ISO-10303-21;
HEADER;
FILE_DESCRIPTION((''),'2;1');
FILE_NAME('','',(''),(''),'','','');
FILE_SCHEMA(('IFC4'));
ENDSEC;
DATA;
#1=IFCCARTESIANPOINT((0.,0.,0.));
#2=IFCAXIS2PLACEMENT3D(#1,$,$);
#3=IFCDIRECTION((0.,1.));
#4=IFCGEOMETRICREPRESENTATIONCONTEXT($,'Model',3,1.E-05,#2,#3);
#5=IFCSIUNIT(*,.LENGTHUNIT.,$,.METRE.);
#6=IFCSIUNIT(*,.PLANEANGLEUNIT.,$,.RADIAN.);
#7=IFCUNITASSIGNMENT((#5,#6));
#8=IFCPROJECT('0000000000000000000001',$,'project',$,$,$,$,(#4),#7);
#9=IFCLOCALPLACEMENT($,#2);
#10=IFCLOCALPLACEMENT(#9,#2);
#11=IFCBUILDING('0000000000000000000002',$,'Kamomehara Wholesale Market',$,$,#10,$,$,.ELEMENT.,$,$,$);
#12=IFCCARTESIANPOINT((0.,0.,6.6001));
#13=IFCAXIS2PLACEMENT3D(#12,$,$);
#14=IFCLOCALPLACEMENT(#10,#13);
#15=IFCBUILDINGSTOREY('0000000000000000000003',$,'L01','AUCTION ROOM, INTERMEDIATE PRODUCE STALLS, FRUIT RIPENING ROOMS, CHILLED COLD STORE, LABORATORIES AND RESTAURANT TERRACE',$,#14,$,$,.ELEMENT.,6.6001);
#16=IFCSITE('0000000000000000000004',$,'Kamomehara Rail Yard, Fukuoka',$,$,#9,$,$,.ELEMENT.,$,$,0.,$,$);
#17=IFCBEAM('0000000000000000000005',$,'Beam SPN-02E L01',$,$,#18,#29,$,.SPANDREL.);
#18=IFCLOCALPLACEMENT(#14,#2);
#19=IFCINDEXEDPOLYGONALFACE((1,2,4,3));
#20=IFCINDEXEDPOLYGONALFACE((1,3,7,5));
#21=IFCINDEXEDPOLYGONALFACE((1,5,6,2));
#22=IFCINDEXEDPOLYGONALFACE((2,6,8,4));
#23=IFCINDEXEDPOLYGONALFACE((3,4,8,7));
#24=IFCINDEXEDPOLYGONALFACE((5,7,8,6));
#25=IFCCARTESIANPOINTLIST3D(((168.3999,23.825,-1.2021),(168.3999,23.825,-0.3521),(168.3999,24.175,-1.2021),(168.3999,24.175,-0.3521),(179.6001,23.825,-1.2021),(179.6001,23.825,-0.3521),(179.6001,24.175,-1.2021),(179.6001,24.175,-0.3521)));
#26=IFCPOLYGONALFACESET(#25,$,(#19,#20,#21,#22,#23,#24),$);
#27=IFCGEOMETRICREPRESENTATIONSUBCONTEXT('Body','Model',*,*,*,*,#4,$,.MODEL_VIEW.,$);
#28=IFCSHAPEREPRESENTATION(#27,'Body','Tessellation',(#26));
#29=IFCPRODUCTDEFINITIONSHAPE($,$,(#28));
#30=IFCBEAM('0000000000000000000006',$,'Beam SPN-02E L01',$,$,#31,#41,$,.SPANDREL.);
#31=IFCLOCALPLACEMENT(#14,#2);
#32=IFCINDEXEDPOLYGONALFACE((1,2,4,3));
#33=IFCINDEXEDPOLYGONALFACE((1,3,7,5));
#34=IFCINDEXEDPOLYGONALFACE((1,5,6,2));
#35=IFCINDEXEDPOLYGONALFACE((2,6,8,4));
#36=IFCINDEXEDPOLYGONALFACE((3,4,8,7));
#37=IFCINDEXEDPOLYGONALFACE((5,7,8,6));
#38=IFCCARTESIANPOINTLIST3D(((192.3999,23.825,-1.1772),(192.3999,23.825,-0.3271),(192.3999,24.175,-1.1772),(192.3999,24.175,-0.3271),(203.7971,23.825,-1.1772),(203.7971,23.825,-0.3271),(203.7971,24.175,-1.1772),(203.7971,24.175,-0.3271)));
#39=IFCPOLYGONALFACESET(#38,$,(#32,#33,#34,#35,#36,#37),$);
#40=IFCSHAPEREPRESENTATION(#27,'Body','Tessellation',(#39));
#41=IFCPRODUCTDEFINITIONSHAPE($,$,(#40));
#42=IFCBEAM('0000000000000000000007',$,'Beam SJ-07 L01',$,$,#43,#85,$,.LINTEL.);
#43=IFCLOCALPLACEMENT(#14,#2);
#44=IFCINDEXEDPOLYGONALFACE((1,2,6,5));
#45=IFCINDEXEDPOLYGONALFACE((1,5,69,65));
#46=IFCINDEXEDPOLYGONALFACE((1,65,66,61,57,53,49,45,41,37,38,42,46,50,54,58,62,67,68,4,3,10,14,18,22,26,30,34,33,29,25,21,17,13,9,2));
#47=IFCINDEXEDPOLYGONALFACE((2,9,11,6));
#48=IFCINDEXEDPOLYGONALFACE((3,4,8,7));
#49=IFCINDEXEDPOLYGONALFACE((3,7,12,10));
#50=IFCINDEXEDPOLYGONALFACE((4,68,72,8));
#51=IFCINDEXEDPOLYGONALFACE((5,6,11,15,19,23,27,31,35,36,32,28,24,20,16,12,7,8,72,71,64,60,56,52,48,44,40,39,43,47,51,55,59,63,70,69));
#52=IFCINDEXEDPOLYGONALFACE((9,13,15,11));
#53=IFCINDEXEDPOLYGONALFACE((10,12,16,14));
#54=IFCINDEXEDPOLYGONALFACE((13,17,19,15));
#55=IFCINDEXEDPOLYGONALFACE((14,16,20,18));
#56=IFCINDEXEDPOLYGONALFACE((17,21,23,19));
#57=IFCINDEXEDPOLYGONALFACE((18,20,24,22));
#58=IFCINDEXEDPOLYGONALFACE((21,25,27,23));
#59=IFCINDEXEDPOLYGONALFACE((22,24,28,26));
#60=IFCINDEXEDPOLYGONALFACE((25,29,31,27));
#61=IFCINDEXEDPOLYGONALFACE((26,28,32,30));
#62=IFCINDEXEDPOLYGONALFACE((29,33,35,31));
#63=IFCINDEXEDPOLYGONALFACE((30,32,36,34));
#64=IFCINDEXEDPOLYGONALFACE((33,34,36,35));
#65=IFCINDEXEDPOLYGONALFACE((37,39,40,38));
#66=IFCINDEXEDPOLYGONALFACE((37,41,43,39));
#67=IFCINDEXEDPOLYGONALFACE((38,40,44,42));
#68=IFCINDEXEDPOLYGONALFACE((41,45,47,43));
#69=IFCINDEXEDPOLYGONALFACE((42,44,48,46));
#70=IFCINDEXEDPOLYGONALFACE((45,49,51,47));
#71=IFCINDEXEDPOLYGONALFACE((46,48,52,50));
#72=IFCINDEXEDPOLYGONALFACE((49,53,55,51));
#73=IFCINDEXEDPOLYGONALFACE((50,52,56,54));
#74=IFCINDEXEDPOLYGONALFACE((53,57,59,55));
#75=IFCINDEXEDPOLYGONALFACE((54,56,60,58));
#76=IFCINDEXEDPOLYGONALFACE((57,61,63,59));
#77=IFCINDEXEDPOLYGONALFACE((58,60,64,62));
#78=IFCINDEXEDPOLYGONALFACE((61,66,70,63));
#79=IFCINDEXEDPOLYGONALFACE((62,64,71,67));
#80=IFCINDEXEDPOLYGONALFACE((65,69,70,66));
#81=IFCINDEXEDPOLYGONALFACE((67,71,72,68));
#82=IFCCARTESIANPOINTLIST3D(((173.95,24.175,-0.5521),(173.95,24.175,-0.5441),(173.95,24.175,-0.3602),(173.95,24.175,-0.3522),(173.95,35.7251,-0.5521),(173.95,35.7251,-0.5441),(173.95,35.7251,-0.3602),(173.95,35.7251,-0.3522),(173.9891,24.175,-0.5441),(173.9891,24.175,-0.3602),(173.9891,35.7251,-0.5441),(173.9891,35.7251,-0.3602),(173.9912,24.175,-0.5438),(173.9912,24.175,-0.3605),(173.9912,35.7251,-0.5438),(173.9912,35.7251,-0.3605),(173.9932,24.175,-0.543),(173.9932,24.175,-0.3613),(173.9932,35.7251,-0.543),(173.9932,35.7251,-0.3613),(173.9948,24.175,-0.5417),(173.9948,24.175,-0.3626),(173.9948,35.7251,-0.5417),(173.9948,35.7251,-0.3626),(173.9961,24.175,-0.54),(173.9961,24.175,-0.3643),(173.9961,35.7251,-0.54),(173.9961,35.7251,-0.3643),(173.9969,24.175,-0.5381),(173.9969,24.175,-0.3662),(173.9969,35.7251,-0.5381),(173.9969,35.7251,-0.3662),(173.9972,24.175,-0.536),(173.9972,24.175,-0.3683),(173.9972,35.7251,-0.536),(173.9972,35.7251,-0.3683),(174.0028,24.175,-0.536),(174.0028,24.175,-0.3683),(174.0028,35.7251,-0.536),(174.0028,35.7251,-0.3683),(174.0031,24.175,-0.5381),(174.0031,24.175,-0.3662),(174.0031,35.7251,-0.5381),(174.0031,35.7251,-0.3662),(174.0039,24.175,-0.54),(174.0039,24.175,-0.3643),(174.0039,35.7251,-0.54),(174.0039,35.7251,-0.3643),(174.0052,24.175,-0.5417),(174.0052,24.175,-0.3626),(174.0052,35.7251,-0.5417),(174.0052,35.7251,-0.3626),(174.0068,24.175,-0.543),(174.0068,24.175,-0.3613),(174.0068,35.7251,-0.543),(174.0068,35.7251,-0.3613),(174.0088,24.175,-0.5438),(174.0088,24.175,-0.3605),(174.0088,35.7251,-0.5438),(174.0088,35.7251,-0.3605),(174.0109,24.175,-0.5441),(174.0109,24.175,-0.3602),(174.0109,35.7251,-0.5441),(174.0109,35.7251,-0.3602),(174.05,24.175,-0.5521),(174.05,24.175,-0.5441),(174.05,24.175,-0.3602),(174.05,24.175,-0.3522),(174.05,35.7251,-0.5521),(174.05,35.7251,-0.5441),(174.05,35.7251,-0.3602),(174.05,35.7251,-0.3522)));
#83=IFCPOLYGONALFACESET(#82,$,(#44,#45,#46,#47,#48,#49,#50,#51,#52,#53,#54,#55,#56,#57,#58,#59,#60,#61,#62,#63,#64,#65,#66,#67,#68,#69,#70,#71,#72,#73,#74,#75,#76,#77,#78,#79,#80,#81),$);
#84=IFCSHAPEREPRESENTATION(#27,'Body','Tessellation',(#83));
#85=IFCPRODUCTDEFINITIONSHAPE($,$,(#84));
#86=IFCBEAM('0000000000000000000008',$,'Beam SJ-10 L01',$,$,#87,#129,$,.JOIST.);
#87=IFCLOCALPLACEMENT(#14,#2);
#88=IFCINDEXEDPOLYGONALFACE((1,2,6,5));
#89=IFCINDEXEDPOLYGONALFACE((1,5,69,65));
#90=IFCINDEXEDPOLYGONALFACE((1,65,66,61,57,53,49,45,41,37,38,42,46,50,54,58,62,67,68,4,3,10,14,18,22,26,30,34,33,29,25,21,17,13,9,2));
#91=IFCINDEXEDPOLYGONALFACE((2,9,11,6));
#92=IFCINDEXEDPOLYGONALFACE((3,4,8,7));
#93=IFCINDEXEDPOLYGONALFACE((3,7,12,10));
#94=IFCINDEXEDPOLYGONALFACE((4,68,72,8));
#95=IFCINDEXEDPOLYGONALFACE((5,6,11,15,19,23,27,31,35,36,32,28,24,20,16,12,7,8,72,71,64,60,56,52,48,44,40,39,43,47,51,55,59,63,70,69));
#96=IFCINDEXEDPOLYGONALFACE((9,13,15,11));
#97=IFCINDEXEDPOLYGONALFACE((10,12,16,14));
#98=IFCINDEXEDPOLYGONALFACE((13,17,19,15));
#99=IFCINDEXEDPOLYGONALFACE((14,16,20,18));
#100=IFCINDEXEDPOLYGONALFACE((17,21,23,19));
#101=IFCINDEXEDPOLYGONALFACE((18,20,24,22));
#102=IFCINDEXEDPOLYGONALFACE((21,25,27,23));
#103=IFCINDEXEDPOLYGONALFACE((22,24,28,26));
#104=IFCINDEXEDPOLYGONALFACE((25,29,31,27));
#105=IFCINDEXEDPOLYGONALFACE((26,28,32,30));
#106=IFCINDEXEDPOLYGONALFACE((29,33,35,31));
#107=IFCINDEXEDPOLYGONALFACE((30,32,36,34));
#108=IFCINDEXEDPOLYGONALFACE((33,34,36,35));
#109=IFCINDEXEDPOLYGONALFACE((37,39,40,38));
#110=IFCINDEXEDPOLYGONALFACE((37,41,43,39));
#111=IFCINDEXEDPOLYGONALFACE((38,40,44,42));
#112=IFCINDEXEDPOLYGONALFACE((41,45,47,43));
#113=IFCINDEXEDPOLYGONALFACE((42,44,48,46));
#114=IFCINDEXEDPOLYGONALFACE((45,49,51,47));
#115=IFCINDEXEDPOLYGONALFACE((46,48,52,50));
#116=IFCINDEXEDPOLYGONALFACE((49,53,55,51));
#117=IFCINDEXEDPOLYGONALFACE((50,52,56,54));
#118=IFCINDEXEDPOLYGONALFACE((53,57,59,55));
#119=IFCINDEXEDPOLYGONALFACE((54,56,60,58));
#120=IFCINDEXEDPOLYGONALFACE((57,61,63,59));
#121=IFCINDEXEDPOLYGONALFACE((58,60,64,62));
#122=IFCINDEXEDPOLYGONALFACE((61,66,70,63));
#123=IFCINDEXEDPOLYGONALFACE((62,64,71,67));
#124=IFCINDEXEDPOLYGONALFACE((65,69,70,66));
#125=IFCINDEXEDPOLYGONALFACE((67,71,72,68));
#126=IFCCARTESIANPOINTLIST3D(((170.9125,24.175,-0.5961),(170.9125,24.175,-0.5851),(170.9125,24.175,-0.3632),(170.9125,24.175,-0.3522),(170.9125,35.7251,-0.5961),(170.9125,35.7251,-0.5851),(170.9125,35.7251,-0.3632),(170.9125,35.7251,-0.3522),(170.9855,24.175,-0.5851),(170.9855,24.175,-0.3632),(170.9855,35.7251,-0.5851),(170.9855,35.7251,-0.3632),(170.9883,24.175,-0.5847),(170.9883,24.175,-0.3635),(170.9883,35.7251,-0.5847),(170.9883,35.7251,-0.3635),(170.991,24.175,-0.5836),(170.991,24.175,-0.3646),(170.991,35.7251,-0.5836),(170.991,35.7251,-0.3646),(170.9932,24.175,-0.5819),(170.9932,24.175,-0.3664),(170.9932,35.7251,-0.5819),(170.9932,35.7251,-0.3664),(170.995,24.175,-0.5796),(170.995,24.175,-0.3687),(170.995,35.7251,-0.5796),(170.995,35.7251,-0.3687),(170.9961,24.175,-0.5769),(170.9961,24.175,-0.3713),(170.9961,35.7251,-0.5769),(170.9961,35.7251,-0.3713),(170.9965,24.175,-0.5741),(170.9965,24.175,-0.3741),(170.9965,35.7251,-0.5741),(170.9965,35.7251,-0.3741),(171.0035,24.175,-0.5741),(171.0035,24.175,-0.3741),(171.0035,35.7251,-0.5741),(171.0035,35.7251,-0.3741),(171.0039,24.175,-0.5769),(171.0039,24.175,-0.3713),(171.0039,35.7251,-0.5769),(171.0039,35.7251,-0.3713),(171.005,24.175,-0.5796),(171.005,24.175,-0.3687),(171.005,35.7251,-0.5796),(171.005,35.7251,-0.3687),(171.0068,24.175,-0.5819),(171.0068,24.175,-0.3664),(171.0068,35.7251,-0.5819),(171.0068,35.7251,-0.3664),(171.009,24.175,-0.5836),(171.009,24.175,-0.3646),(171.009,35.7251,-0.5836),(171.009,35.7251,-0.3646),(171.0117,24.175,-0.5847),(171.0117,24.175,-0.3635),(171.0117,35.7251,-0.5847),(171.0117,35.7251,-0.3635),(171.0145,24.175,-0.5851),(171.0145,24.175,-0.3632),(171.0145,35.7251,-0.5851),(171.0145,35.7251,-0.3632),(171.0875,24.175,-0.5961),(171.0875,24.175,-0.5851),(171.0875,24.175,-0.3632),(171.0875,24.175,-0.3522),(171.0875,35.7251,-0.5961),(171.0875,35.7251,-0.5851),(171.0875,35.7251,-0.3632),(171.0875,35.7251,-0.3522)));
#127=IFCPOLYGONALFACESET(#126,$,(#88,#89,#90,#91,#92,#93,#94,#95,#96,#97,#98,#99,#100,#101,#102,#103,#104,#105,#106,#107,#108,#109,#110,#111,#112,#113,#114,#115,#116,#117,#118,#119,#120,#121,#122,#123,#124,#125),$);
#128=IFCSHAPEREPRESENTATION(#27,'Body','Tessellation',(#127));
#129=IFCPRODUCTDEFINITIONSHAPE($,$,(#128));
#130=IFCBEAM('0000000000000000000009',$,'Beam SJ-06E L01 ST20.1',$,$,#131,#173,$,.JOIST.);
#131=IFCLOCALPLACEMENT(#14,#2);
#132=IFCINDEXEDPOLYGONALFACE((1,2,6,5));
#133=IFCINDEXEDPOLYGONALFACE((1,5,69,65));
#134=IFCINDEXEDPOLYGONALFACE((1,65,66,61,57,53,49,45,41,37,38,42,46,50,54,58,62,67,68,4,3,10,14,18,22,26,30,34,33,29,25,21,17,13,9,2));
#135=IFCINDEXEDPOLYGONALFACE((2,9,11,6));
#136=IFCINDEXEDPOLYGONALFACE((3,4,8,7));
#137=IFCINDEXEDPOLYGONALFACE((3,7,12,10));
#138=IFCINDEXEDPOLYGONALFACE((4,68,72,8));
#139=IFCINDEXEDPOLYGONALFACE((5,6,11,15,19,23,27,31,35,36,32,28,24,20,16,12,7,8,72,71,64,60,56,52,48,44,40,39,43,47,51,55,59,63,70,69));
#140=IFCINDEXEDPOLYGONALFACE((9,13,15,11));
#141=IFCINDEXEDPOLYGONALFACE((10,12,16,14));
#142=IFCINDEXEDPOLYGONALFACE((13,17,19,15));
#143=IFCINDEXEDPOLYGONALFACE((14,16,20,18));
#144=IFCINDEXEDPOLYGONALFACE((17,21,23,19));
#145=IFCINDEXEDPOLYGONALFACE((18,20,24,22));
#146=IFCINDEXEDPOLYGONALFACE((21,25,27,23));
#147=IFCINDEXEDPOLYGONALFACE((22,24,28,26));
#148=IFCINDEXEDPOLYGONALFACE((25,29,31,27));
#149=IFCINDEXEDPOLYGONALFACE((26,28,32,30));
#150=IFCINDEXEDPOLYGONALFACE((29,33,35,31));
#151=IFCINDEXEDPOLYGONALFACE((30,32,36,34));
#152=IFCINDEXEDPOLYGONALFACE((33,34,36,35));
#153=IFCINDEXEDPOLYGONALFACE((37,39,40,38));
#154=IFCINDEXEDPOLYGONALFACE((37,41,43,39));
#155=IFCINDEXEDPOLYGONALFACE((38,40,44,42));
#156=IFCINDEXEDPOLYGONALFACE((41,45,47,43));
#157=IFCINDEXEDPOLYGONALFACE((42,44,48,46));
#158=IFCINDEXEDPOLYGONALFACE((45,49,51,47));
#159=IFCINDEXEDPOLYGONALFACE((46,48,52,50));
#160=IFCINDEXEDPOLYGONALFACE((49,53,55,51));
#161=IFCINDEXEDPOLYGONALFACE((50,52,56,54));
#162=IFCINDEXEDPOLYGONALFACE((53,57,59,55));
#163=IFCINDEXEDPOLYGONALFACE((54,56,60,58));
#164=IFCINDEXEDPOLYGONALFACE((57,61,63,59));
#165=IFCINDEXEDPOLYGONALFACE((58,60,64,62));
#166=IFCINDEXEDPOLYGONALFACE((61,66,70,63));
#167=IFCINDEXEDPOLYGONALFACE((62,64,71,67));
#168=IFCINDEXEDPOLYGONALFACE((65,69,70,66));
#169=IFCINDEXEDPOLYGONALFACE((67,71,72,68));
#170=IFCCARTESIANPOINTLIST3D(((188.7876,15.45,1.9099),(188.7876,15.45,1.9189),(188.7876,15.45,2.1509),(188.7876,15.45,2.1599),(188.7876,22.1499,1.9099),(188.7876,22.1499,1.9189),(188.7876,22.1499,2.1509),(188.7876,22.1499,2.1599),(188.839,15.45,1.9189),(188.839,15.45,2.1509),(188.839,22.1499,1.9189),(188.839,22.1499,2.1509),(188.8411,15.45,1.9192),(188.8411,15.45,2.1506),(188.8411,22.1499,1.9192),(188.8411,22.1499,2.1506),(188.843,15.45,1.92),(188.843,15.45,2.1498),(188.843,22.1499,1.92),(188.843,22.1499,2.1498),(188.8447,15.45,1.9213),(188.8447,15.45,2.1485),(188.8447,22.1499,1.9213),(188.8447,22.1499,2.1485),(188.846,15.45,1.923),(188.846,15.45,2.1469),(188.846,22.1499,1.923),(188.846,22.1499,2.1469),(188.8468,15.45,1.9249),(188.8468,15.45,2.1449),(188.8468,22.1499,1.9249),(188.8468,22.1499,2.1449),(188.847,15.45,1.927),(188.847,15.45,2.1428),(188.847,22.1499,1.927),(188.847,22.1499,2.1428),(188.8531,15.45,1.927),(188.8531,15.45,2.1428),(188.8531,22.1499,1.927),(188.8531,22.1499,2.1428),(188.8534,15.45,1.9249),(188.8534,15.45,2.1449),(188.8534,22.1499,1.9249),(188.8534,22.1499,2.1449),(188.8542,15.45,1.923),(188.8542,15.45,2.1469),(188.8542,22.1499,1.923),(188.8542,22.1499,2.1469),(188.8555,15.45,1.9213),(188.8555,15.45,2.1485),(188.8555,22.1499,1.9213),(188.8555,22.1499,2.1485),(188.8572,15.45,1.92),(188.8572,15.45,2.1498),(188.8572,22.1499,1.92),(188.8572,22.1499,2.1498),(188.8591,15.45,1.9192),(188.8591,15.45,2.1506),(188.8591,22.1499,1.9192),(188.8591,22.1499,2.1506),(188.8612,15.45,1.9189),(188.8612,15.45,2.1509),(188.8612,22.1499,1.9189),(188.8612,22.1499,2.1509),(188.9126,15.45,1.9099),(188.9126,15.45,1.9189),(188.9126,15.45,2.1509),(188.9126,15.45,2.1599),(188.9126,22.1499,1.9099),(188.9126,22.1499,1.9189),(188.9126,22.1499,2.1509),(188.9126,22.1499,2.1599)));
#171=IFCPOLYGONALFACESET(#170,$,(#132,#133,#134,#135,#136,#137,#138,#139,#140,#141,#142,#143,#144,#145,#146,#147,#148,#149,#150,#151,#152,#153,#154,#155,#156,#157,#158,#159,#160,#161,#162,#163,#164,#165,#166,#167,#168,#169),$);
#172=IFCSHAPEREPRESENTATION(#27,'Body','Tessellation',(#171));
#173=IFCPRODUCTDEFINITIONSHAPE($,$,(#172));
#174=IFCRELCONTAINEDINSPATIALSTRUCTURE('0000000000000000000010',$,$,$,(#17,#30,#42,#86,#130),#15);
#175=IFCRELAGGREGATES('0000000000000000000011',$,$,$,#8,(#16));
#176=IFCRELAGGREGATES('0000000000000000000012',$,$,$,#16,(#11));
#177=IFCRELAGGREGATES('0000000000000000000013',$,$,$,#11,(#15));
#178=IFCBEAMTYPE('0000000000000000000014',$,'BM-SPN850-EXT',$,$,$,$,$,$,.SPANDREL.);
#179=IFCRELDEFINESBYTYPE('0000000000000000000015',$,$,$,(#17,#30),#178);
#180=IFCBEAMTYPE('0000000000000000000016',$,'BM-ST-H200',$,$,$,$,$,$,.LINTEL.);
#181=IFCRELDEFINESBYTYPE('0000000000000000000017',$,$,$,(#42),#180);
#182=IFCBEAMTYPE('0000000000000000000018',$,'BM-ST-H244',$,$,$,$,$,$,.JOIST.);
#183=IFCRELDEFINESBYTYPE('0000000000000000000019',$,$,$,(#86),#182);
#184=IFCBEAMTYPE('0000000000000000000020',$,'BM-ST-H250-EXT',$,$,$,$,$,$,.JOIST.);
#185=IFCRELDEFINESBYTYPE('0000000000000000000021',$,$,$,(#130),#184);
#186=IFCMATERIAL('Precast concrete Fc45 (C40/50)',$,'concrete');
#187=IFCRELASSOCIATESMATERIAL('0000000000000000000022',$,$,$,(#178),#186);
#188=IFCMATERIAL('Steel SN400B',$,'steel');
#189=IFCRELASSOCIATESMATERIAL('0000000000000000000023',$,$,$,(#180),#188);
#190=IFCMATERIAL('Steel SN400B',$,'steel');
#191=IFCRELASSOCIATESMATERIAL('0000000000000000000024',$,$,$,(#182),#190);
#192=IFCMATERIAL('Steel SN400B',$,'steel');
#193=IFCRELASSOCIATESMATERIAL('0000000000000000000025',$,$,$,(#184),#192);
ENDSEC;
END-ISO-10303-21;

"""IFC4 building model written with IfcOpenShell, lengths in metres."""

from ifc_helpers import new_model, si_unit, direction, frame, origin, origin_2d, place, context, subcontext, project, spatial, rectangle, i_section, extrude, material, material_profile, profile_set, type_object, element, save


model = new_model("IFC4")

# Units and contexts
model_context = context("Model", 3, precision=1e-05, world=origin(), true_north=direction((0.0, 1.0)))
body_context = subcontext(model_context, "Body", "Model", "MODEL_VIEW")
ifc_project = project(units=[si_unit("LENGTHUNIT", "METRE"), si_unit("PLANEANGLEUNIT", "RADIAN")], contexts=[model_context])

# Site, building, storey
site_placement = place(None, origin())
site = spatial("IfcSite", under=ifc_project, at=site_placement, Name="Kamomehara Rail Yard, Fukuoka", CompositionType="ELEMENT", RefElevation=0.0)
building_placement = place(site_placement, origin())
building = spatial("IfcBuilding", under=site, at=building_placement, Name="Kamomehara Wholesale Market", CompositionType="ELEMENT")
storey_placement = place(building_placement, frame((0.0, 0.0, 6.6001)))
storey = spatial("IfcBuildingStorey", under=building, at=storey_placement, Name="L01", Description="AUCTION ROOM, INTERMEDIATE PRODUCE STALLS, FRUIT RIPENING ROOMS, CHILLED COLD STORE, LABORATORIES AND RESTAURANT TERRACE", CompositionType="ELEMENT", Elevation=6.6001)

# Beams
ifc_material_1 = material(Name="Precast concrete Fc45 (C40/50)", Category="concrete")
ifc_material_profile_1 = material_profile(ifc_material_1, rectangle(XDim=0.3501, YDim=0.8501, at=origin_2d()), Name="PC-SPN-350x850")
ifc_profile_set_1 = profile_set([ifc_material_profile_1], Name="Precast concrete Fc45 (C40/50)")
beam_type_1 = type_object("IfcBeamType", Name="BM-SPN850-EXT", PredefinedType="SPANDREL", material=ifc_profile_set_1)
beam_1_placement = place(storey_placement, frame((168.3999, 24.0, -0.7771), z_axis=(1.0, 0.0, 0.0), x_axis=(0.0, 1.0, 0.0)))
element("IfcBeam", 1, at=beam_1_placement, inside=storey, type_object=beam_type_1, Name="Beam SPN-02E L01", PredefinedType="SPANDREL", context=body_context, shape_type="SweptSolid", body=[
    extrude(rectangle(XDim=0.3501, YDim=0.8501, at=origin_2d()), origin(), (0.0, 0.0, 1.0), 11.2002),
])
beam_2_placement = place(storey_placement, frame((192.3999, 24.0, -0.7522), z_axis=(1.0, 0.0, 0.0), x_axis=(0.0, 1.0, 0.0)))
element("IfcBeam", 2, at=beam_2_placement, inside=storey, type_object=beam_type_1, Name="Beam SPN-02E L01", PredefinedType="SPANDREL", context=body_context, shape_type="SweptSolid", body=[
    extrude(rectangle(XDim=0.3501, YDim=0.8501, at=origin_2d()), origin(), (0.0, 0.0, 1.0), 11.3972),
])
ifc_material_2 = material(Name="Steel SN400B", Category="steel")
ifc_material_profile_2 = material_profile(ifc_material_2, i_section(OverallWidth=0.1001, OverallDepth=0.2, WebThickness=0.0056, FlangeThickness=0.0081, FilletRadius=0.0081, at=origin_2d()), Name="H-200x100x5.5x8")
ifc_profile_set_2 = profile_set([ifc_material_profile_2], Name="Steel SN400B")
beam_type_2 = type_object("IfcBeamType", Name="BM-ST-H200", PredefinedType="LINTEL", material=ifc_profile_set_2)
beam_3_placement = place(storey_placement, frame((174.0, 24.175, -0.4521), z_axis=(0.0, 1.0, 0.0), x_axis=(-1.0, 0.0, 0.0)))
element("IfcBeam", 3, at=beam_3_placement, inside=storey, type_object=beam_type_2, Name="Beam SJ-07 L01", PredefinedType="LINTEL", context=body_context, shape_type="SweptSolid", body=[
    extrude(i_section(OverallWidth=0.1001, OverallDepth=0.2, WebThickness=0.0056, FlangeThickness=0.0081, FilletRadius=0.0081, at=origin_2d()), origin(), (0.0, 0.0, 1.0), 11.55),
])
ifc_material_3 = material(Name="Steel SN400B", Category="steel")
ifc_material_profile_3 = material_profile(ifc_material_3, i_section(OverallWidth=0.175, OverallDepth=0.2439, WebThickness=0.0071, FlangeThickness=0.011, FilletRadius=0.011, at=origin_2d()), Name="H-244x175x7x11")
ifc_profile_set_3 = profile_set([ifc_material_profile_3], Name="Steel SN400B")
beam_type_3 = type_object("IfcBeamType", Name="BM-ST-H244", PredefinedType="JOIST", material=ifc_profile_set_3)
beam_4_placement = place(storey_placement, frame((171.0, 24.175, -0.4741), z_axis=(0.0, 1.0, 0.0), x_axis=(-1.0, 0.0, 0.0)))
element("IfcBeam", 4, at=beam_4_placement, inside=storey, type_object=beam_type_3, Name="Beam SJ-10 L01", PredefinedType="JOIST", context=body_context, shape_type="SweptSolid", body=[
    extrude(i_section(OverallWidth=0.175, OverallDepth=0.2439, WebThickness=0.0071, FlangeThickness=0.011, FilletRadius=0.011, at=origin_2d()), origin(), (0.0, 0.0, 1.0), 11.55),
])
ifc_material_4 = material(Name="Steel SN400B", Category="steel")
ifc_material_profile_4 = material_profile(ifc_material_4, i_section(OverallWidth=0.125, OverallDepth=0.25, WebThickness=0.0061, FlangeThickness=0.009, FilletRadius=0.0081, at=origin_2d()), Name="H-250x125x6x9")
ifc_profile_set_4 = profile_set([ifc_material_profile_4], Name="Steel SN400B")
beam_type_4 = type_object("IfcBeamType", Name="BM-ST-H250-EXT", PredefinedType="JOIST", material=ifc_profile_set_4)
beam_5_placement = place(storey_placement, frame((188.8501, 15.45, 2.0349), z_axis=(0.0, 1.0, 0.0), x_axis=(-1.0, 0.0, 0.0)))
element("IfcBeam", 5, at=beam_5_placement, inside=storey, type_object=beam_type_4, Name="Beam SJ-06E L01 ST20.1", PredefinedType="JOIST", context=body_context, shape_type="SweptSolid", body=[
    extrude(i_section(OverallWidth=0.125, OverallDepth=0.25, WebThickness=0.0061, FlangeThickness=0.009, FilletRadius=0.0081, at=origin_2d()), origin(), (0.0, 0.0, 1.0), 6.7),
])

save(model, "model.ifc")
